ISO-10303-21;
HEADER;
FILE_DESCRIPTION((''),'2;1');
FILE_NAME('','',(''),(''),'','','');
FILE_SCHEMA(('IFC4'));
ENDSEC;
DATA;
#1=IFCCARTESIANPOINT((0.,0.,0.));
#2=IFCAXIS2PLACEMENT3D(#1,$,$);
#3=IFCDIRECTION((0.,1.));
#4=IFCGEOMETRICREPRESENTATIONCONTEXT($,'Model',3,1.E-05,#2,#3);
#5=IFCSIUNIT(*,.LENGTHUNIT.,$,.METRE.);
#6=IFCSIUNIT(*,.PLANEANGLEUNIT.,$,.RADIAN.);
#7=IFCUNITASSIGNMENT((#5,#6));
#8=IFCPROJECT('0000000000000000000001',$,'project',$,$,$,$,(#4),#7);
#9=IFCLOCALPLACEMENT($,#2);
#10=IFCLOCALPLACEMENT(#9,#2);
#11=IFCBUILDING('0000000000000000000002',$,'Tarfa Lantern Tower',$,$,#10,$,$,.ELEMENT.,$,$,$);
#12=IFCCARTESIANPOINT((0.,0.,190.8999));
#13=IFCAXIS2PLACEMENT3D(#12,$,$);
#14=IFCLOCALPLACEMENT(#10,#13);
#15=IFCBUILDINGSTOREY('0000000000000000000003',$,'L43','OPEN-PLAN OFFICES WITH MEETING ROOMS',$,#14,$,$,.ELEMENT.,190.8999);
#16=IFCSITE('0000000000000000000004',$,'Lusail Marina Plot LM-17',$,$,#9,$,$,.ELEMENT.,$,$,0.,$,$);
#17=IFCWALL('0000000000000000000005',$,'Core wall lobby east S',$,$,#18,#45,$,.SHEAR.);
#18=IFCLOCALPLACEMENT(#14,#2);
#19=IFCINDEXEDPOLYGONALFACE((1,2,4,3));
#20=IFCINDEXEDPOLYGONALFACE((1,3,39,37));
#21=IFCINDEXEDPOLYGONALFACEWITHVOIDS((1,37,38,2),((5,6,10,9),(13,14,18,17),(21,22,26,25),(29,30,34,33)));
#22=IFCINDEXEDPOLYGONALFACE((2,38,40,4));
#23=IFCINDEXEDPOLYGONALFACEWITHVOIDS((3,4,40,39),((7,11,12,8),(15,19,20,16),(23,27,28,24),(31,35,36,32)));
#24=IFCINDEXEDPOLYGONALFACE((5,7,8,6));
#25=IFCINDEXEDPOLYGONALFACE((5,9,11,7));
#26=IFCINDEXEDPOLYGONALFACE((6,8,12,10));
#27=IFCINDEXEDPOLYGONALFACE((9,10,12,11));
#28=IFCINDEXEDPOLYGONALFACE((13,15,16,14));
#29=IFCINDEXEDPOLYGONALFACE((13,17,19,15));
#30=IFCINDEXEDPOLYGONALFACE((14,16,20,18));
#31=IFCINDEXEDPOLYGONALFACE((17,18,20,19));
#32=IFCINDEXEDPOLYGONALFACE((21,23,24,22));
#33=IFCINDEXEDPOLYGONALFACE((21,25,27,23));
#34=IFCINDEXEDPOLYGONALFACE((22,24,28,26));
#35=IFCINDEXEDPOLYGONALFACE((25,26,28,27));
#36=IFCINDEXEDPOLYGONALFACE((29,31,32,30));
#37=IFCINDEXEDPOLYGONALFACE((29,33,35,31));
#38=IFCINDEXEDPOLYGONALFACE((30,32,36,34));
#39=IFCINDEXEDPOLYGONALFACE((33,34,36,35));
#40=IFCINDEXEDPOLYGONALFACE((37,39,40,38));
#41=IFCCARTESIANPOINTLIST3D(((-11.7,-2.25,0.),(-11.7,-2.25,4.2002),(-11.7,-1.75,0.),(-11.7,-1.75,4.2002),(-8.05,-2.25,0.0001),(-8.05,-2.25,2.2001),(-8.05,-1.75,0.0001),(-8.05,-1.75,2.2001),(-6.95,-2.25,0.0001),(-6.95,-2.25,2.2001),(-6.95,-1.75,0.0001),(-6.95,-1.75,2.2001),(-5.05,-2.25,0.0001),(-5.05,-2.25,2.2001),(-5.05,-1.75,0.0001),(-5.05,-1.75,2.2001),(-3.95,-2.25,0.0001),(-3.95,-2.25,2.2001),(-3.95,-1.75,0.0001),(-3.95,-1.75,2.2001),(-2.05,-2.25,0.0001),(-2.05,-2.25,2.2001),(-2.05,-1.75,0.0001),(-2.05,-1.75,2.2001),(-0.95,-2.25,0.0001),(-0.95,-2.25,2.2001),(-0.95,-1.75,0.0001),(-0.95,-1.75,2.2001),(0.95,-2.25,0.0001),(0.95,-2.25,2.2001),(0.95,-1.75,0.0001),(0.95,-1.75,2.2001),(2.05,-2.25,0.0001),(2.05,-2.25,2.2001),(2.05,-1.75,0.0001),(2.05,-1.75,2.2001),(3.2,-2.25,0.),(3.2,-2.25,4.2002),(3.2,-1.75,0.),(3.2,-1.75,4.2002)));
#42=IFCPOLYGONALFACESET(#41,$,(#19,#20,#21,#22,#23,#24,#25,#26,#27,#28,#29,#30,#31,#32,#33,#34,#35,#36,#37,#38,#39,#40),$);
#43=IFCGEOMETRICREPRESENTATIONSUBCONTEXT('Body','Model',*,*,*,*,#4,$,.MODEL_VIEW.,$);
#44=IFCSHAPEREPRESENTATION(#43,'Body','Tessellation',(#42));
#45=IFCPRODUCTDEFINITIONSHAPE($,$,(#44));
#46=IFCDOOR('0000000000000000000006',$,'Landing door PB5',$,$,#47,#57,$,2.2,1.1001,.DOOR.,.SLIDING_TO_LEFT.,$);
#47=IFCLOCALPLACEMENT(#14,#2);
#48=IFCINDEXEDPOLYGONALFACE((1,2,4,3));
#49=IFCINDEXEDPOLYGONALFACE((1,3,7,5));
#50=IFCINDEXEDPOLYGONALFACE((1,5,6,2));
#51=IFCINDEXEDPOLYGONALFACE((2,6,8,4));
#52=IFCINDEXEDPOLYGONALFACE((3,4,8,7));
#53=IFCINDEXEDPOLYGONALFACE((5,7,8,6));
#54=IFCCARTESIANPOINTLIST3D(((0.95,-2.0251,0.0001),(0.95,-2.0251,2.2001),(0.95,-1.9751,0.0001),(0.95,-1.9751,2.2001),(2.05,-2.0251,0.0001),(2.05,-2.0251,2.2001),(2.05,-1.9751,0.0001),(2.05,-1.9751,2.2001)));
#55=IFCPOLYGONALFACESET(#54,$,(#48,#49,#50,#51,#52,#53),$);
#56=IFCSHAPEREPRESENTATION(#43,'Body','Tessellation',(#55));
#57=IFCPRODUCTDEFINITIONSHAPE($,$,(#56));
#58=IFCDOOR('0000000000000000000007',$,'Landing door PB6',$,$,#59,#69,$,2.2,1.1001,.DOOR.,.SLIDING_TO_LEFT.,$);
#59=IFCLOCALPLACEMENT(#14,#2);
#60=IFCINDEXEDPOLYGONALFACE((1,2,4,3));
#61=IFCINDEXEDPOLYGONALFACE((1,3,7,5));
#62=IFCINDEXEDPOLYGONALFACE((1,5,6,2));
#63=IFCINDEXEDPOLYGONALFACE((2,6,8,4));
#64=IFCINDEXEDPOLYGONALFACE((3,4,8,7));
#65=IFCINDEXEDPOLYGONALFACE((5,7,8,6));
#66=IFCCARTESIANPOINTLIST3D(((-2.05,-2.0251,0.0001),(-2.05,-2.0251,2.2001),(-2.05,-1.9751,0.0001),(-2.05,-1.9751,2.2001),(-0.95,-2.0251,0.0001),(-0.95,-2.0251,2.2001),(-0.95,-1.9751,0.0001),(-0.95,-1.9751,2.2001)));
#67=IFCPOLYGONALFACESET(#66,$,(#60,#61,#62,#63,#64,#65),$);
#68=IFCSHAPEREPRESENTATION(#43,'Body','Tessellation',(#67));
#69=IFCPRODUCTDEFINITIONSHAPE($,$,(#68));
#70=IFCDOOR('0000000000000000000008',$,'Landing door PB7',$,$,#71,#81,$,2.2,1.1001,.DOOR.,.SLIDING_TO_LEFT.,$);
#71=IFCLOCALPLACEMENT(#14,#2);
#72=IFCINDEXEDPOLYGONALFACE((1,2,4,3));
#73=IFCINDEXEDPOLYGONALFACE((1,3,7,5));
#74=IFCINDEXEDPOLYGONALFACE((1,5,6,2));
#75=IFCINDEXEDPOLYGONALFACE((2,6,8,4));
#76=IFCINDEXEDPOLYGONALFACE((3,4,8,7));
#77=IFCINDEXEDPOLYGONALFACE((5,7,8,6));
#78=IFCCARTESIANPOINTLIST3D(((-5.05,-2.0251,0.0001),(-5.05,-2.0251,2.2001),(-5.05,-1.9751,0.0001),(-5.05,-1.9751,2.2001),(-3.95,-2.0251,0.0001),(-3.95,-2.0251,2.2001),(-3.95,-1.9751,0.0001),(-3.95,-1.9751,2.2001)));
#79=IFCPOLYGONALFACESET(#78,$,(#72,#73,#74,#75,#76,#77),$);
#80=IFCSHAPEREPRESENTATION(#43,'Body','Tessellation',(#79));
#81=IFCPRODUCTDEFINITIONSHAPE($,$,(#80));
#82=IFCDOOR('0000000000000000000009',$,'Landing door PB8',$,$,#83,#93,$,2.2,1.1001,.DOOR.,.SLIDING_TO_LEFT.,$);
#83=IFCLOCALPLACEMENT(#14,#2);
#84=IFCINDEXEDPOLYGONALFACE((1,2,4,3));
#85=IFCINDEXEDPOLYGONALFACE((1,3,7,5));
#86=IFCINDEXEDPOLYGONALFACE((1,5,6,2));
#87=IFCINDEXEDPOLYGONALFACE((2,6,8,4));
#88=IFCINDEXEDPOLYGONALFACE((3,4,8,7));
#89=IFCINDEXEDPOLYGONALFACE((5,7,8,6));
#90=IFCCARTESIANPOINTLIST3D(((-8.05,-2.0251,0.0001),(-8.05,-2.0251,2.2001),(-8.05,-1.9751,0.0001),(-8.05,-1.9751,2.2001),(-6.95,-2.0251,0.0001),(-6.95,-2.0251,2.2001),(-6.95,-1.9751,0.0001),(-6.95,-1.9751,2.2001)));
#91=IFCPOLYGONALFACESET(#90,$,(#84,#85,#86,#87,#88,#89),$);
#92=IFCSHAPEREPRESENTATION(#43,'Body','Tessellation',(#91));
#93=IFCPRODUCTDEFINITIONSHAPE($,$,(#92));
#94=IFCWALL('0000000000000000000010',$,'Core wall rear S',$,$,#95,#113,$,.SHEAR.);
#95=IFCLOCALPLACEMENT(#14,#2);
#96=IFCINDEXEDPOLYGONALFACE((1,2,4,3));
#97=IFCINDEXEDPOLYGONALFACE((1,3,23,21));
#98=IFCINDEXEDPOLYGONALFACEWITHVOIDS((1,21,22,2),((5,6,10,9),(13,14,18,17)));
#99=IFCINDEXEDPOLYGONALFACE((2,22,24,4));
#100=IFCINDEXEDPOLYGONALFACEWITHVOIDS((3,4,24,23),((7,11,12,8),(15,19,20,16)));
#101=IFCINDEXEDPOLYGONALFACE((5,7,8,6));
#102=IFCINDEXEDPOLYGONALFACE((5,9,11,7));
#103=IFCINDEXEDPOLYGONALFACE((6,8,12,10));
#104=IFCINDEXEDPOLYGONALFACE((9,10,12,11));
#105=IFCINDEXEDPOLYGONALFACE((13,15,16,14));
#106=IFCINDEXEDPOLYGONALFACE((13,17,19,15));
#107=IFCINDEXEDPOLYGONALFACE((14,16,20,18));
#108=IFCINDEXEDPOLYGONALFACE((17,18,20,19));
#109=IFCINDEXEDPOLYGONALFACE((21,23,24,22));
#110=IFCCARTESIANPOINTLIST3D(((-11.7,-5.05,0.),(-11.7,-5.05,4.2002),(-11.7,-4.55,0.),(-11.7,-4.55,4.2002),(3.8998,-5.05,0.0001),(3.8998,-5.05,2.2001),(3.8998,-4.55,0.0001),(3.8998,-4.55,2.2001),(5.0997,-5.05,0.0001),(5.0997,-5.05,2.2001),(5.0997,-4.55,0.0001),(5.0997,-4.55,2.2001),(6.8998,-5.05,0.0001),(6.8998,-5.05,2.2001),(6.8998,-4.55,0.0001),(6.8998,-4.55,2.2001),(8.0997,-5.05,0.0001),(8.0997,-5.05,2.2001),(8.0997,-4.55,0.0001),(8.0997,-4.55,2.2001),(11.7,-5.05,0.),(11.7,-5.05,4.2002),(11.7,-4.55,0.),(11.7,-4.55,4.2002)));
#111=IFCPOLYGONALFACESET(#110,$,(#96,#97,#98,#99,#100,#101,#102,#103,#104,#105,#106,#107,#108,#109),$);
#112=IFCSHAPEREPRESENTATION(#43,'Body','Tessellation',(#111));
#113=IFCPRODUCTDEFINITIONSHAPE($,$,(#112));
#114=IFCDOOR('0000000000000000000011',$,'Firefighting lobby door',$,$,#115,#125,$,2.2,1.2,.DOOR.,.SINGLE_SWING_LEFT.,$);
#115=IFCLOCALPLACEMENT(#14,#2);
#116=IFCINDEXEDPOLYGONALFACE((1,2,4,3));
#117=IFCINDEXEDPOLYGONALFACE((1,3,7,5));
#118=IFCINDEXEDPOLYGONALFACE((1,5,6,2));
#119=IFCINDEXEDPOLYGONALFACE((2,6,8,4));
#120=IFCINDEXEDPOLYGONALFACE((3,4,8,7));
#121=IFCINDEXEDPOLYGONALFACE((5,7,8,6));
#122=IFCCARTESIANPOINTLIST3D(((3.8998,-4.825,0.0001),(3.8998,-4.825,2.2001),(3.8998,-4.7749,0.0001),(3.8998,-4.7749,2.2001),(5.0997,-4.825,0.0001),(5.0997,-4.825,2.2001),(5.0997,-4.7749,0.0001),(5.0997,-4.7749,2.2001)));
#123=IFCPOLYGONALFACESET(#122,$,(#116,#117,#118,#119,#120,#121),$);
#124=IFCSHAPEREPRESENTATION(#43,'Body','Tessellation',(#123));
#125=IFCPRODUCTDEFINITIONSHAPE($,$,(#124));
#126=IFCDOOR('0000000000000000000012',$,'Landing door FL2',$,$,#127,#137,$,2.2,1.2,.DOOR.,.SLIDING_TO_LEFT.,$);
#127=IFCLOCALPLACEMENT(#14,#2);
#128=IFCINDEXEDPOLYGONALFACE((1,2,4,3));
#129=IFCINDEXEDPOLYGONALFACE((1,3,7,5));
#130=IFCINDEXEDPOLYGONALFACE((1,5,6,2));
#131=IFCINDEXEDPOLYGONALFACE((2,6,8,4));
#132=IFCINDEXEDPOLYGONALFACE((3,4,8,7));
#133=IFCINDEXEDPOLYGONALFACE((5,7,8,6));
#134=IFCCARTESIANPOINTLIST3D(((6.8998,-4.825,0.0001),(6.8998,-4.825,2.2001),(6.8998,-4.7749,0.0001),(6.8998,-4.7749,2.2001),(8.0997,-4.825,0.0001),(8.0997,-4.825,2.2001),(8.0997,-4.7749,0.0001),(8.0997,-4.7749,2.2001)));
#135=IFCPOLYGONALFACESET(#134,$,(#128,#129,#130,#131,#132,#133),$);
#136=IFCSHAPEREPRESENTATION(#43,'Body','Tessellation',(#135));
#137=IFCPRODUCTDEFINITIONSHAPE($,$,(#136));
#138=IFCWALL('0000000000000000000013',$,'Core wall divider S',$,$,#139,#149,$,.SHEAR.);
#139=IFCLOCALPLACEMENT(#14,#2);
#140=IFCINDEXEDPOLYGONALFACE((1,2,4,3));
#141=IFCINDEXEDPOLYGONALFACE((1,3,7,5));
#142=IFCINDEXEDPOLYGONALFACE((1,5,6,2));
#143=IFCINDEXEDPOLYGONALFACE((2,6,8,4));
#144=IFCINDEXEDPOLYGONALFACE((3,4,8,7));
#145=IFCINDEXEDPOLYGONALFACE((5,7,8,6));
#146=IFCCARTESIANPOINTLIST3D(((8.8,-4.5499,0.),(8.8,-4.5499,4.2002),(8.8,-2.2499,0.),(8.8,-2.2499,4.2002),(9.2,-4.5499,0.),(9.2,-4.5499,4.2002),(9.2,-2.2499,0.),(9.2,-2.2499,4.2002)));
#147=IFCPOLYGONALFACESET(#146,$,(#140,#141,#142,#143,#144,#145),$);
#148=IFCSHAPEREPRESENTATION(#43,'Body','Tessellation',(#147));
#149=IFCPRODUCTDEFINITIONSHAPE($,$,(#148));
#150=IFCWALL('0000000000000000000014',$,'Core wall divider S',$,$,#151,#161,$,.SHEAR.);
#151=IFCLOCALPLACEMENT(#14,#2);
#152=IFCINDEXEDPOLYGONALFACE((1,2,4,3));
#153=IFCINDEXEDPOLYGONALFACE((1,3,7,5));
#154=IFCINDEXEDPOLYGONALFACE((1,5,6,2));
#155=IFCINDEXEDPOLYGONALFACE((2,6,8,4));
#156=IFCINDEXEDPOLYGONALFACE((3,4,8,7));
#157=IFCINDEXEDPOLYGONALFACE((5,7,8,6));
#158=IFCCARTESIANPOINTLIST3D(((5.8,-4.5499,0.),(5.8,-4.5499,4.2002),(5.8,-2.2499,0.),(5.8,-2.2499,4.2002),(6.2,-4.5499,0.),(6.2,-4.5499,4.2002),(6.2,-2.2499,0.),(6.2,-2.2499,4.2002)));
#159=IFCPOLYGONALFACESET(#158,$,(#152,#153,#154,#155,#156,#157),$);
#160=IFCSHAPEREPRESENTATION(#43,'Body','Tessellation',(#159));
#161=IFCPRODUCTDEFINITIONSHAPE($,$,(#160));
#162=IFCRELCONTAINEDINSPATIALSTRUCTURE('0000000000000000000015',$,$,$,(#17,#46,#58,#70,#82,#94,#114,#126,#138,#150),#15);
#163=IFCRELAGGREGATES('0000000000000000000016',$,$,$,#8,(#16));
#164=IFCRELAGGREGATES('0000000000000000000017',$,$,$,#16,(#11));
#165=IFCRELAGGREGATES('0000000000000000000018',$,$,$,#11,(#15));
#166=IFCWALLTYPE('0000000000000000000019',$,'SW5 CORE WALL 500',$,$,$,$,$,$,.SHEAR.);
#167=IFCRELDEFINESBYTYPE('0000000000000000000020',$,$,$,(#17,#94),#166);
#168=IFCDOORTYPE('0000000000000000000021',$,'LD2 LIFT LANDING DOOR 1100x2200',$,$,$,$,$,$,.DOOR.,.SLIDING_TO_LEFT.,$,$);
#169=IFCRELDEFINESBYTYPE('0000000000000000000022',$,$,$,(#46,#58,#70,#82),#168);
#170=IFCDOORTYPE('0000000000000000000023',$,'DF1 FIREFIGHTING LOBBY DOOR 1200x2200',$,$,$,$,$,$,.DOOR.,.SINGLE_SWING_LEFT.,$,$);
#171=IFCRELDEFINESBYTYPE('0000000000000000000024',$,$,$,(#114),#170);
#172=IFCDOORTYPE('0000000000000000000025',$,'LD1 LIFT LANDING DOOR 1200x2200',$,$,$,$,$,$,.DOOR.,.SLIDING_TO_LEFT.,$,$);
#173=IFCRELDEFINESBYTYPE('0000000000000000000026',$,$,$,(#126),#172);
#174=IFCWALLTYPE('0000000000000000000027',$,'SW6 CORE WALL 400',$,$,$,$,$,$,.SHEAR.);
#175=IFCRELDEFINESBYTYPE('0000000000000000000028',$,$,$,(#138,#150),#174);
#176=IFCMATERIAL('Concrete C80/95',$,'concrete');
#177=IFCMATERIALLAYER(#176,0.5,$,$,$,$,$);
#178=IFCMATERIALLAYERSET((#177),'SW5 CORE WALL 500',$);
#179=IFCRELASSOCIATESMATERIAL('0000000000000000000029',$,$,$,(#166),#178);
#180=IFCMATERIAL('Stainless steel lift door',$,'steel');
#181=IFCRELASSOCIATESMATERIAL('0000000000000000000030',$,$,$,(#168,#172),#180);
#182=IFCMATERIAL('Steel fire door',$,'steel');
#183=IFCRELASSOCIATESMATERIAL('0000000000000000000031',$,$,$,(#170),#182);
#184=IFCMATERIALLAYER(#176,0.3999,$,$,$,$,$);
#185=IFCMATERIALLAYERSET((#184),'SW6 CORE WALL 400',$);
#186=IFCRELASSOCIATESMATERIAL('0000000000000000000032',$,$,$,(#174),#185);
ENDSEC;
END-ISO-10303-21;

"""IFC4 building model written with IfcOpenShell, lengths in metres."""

from ifc_helpers import new_model, si_unit, direction, frame, frame_2d, origin, place, context, subcontext, project, spatial, rectangle, extrude, material, layer, layer_set, type_object, element, fill, save


model = new_model("IFC4")

# Units and contexts
model_context = context("Model", 3, precision=1e-05, world=origin(), true_north=direction((0.0, 1.0)))
body_context = subcontext(model_context, "Body", "Model", "MODEL_VIEW")
ifc_project = project(units=[si_unit("LENGTHUNIT", "METRE"), si_unit("PLANEANGLEUNIT", "RADIAN")], contexts=[model_context])

# Site, building, storey
site_placement = place(None, origin())
site = spatial("IfcSite", under=ifc_project, at=site_placement, Name="Lusail Marina Plot LM-17", CompositionType="ELEMENT", RefElevation=0.0)
building_placement = place(site_placement, origin())
building = spatial("IfcBuilding", under=site, at=building_placement, Name="Tarfa Lantern Tower", CompositionType="ELEMENT")
storey_placement = place(building_placement, frame((0.0, 0.0, 190.8999)))
storey = spatial("IfcBuildingStorey", under=building, at=storey_placement, Name="L43", Description="OPEN-PLAN OFFICES WITH MEETING ROOMS", CompositionType="ELEMENT", Elevation=190.8999)

# Shared definitions
ifc_material_1 = material(Name="Concrete C80/95", Category="concrete")

# Shared definitions
ifc_material_2 = material(Name="Steel fire door", Category="steel")

# Walls, openings, doors
ifc_layer_1 = layer(ifc_material_1, 0.5)
ifc_layer_set_1 = layer_set([ifc_layer_1], Name="SW5 CORE WALL 500")
wall_type_1 = type_object("IfcWallType", Name="SW5 CORE WALL 500", PredefinedType="SHEAR", material=ifc_layer_set_1)
wall_1_placement = place(storey_placement, frame((3.2, -2.0, 0.0), z_axis=(0.0, 0.0, 1.0), x_axis=(-1.0, 0.0, 0.0)))
wall_1 = element("IfcWall", 1, at=wall_1_placement, inside=storey, type_object=wall_type_1, Name="Core wall lobby east S", PredefinedType="SHEAR", context=body_context, shape_type="SweptSolid", body=[
    extrude(rectangle(XDim=14.8999, YDim=0.5, at=frame_2d((7.45, 0.0))), origin(), (0.0, 0.0, 1.0), 4.2002),
])
opening_1_placement = place(wall_1_placement, frame((1.1499, 0.0, 0.0)))
opening_1 = element("IfcOpeningElement", 2, at=opening_1_placement, cuts=wall_1, PredefinedType="OPENING", context=body_context, shape_type="SweptSolid", body=[
    extrude(rectangle(XDim=1.1001, YDim=2.2, at=frame_2d((0.55, 1.1001))), frame((0.0, 0.26, 0.0), z_axis=(0.0, -1.0, 0.0), x_axis=(1.0, 0.0, 0.0)), (0.0, 0.0, 1.0), 0.52),
])
opening_2_placement = place(wall_1_placement, frame((4.1499, 0.0, 0.0)))
opening_2 = element("IfcOpeningElement", 3, at=opening_2_placement, cuts=wall_1, PredefinedType="OPENING", context=body_context, shape_type="SweptSolid", body=[
    extrude(rectangle(XDim=1.1001, YDim=2.2, at=frame_2d((0.55, 1.1001))), frame((0.0, 0.26, 0.0), z_axis=(0.0, -1.0, 0.0), x_axis=(1.0, 0.0, 0.0)), (0.0, 0.0, 1.0), 0.52),
])
opening_3_placement = place(wall_1_placement, frame((7.1499, 0.0, 0.0)))
opening_3 = element("IfcOpeningElement", 4, at=opening_3_placement, cuts=wall_1, PredefinedType="OPENING", context=body_context, shape_type="SweptSolid", body=[
    extrude(rectangle(XDim=1.1001, YDim=2.2, at=frame_2d((0.55, 1.1001))), frame((0.0, 0.26, 0.0), z_axis=(0.0, -1.0, 0.0), x_axis=(1.0, 0.0, 0.0)), (0.0, 0.0, 1.0), 0.52),
])
opening_4_placement = place(wall_1_placement, frame((10.1499, 0.0, 0.0)))
opening_4 = element("IfcOpeningElement", 5, at=opening_4_placement, cuts=wall_1, PredefinedType="OPENING", context=body_context, shape_type="SweptSolid", body=[
    extrude(rectangle(XDim=1.1001, YDim=2.2, at=frame_2d((0.55, 1.1001))), frame((0.0, 0.26, 0.0), z_axis=(0.0, -1.0, 0.0), x_axis=(1.0, 0.0, 0.0)), (0.0, 0.0, 1.0), 0.52),
])
ifc_material_3 = material(Name="Stainless steel lift door", Category="steel")
door_type_1 = type_object("IfcDoorType", Name="LD2 LIFT LANDING DOOR 1100x2200", OperationType="SLIDING_TO_LEFT", PredefinedType="DOOR", material=ifc_material_3)
door_1_placement = place(opening_1_placement, frame((1.1001, 0.0, 0.0), z_axis=(0.0, 0.0, 1.0), x_axis=(-1.0, 0.0, 0.0)))
door_1 = element("IfcDoor", 6, at=door_1_placement, inside=storey, type_object=door_type_1, Name="Landing door PB5", OperationType="SLIDING_TO_LEFT", OverallHeight=2.2, OverallWidth=1.1001, PredefinedType="DOOR", context=body_context, shape_type="SweptSolid", body=[
    extrude(rectangle(XDim=1.1001, YDim=2.2, at=frame_2d((0.55, 1.1001))), frame((0.0, 0.0249, 0.0), z_axis=(0.0, -1.0, 0.0), x_axis=(1.0, 0.0, 0.0)), (0.0, 0.0, 1.0), 0.05),
])
fill(opening_1, door_1)
door_2_placement = place(opening_2_placement, frame((1.1001, 0.0, 0.0), z_axis=(0.0, 0.0, 1.0), x_axis=(-1.0, 0.0, 0.0)))
door_2 = element("IfcDoor", 7, at=door_2_placement, inside=storey, type_object=door_type_1, Name="Landing door PB6", OperationType="SLIDING_TO_LEFT", OverallHeight=2.2, OverallWidth=1.1001, PredefinedType="DOOR", context=body_context, shape_type="SweptSolid", body=[
    extrude(rectangle(XDim=1.1001, YDim=2.2, at=frame_2d((0.55, 1.1001))), frame((0.0, 0.0249, 0.0), z_axis=(0.0, -1.0, 0.0), x_axis=(1.0, 0.0, 0.0)), (0.0, 0.0, 1.0), 0.05),
])
fill(opening_2, door_2)
door_3_placement = place(opening_3_placement, frame((1.1001, 0.0, 0.0), z_axis=(0.0, 0.0, 1.0), x_axis=(-1.0, 0.0, 0.0)))
door_3 = element("IfcDoor", 8, at=door_3_placement, inside=storey, type_object=door_type_1, Name="Landing door PB7", OperationType="SLIDING_TO_LEFT", OverallHeight=2.2, OverallWidth=1.1001, PredefinedType="DOOR", context=body_context, shape_type="SweptSolid", body=[
    extrude(rectangle(XDim=1.1001, YDim=2.2, at=frame_2d((0.55, 1.1001))), frame((0.0, 0.0249, 0.0), z_axis=(0.0, -1.0, 0.0), x_axis=(1.0, 0.0, 0.0)), (0.0, 0.0, 1.0), 0.05),
])
fill(opening_3, door_3)
door_4_placement = place(opening_4_placement, frame((1.1001, 0.0, 0.0), z_axis=(0.0, 0.0, 1.0), x_axis=(-1.0, 0.0, 0.0)))
door_4 = element("IfcDoor", 9, at=door_4_placement, inside=storey, type_object=door_type_1, Name="Landing door PB8", OperationType="SLIDING_TO_LEFT", OverallHeight=2.2, OverallWidth=1.1001, PredefinedType="DOOR", context=body_context, shape_type="SweptSolid", body=[
    extrude(rectangle(XDim=1.1001, YDim=2.2, at=frame_2d((0.55, 1.1001))), frame((0.0, 0.0249, 0.0), z_axis=(0.0, -1.0, 0.0), x_axis=(1.0, 0.0, 0.0)), (0.0, 0.0, 1.0), 0.05),
])
fill(opening_4, door_4)
wall_2_placement = place(storey_placement, frame((11.7, -4.8, 0.0), z_axis=(0.0, 0.0, 1.0), x_axis=(-1.0, 0.0, 0.0)))
wall_2 = element("IfcWall", 10, at=wall_2_placement, inside=storey, type_object=wall_type_1, Name="Core wall rear S", PredefinedType="SHEAR", context=body_context, shape_type="SweptSolid", body=[
    extrude(rectangle(XDim=23.3999, YDim=0.5, at=frame_2d((11.7, 0.0))), origin(), (0.0, 0.0, 1.0), 4.2002),
])
opening_5_placement = place(wall_2_placement, frame((6.6001, 0.0, 0.0)))
opening_5 = element("IfcOpeningElement", 11, at=opening_5_placement, cuts=wall_2, PredefinedType="OPENING", context=body_context, shape_type="SweptSolid", body=[
    extrude(rectangle(XDim=1.2, YDim=2.2, at=frame_2d((0.6001, 1.1001))), frame((0.0, 0.26, 0.0), z_axis=(0.0, -1.0, 0.0), x_axis=(1.0, 0.0, 0.0)), (0.0, 0.0, 1.0), 0.52),
])
opening_6_placement = place(wall_2_placement, frame((3.6001, 0.0, 0.0)))
opening_6 = element("IfcOpeningElement", 12, at=opening_6_placement, cuts=wall_2, PredefinedType="OPENING", context=body_context, shape_type="SweptSolid", body=[
    extrude(rectangle(XDim=1.2, YDim=2.2, at=frame_2d((0.6001, 1.1001))), frame((0.0, 0.26, 0.0), z_axis=(0.0, -1.0, 0.0), x_axis=(1.0, 0.0, 0.0)), (0.0, 0.0, 1.0), 0.52),
])
door_type_2 = type_object("IfcDoorType", Name="DF1 FIREFIGHTING LOBBY DOOR 1200x2200", OperationType="SINGLE_SWING_LEFT", PredefinedType="DOOR", material=ifc_material_2)
door_5_placement = place(opening_5_placement, origin())
door_5 = element("IfcDoor", 13, at=door_5_placement, inside=storey, type_object=door_type_2, Name="Firefighting lobby door", OperationType="SINGLE_SWING_LEFT", OverallHeight=2.2, OverallWidth=1.2, PredefinedType="DOOR", context=body_context, shape_type="SweptSolid", body=[
    extrude(rectangle(XDim=1.2, YDim=2.2, at=frame_2d((0.6001, 1.1001))), frame((0.0, 0.0249, 0.0), z_axis=(0.0, -1.0, 0.0), x_axis=(1.0, 0.0, 0.0)), (0.0, 0.0, 1.0), 0.05),
])
fill(opening_5, door_5)
door_type_3 = type_object("IfcDoorType", Name="LD1 LIFT LANDING DOOR 1200x2200", OperationType="SLIDING_TO_LEFT", PredefinedType="DOOR", material=ifc_material_3)
door_6_placement = place(opening_6_placement, origin())
door_6 = element("IfcDoor", 14, at=door_6_placement, inside=storey, type_object=door_type_3, Name="Landing door FL2", OperationType="SLIDING_TO_LEFT", OverallHeight=2.2, OverallWidth=1.2, PredefinedType="DOOR", context=body_context, shape_type="SweptSolid", body=[
    extrude(rectangle(XDim=1.2, YDim=2.2, at=frame_2d((0.6001, 1.1001))), frame((0.0, 0.0249, 0.0), z_axis=(0.0, -1.0, 0.0), x_axis=(1.0, 0.0, 0.0)), (0.0, 0.0, 1.0), 0.05),
])
fill(opening_6, door_6)

# Walls
ifc_layer_2 = layer(ifc_material_1, 0.3999)
ifc_layer_set_2 = layer_set([ifc_layer_2], Name="SW6 CORE WALL 400")
wall_type_2 = type_object("IfcWallType", Name="SW6 CORE WALL 400", PredefinedType="SHEAR", material=ifc_layer_set_2)
for number, where, z_axis, x_axis, name in (
    (15, (9.0, -2.25, 0.0), (0.0, 0.0, 1.0), (0.0, -1.0, 0.0), "Core wall divider S"),
    (16, (6.0, -2.25, 0.0), (0.0, 0.0, 1.0), (0.0, -1.0, 0.0), "Core wall divider S"),
):
    element("IfcWall", number, at=place(storey_placement, frame(where, z_axis=z_axis, x_axis=x_axis)), inside=storey, type_object=wall_type_2, Name=name, PredefinedType="SHEAR", context=body_context, shape_type="SweptSolid", body=[
        extrude(rectangle(XDim=2.3, YDim=0.3999, at=frame_2d((1.1499, 0.0))), origin(), (0.0, 0.0, 1.0), 4.2002),
    ])

save(model, "model.ifc")
